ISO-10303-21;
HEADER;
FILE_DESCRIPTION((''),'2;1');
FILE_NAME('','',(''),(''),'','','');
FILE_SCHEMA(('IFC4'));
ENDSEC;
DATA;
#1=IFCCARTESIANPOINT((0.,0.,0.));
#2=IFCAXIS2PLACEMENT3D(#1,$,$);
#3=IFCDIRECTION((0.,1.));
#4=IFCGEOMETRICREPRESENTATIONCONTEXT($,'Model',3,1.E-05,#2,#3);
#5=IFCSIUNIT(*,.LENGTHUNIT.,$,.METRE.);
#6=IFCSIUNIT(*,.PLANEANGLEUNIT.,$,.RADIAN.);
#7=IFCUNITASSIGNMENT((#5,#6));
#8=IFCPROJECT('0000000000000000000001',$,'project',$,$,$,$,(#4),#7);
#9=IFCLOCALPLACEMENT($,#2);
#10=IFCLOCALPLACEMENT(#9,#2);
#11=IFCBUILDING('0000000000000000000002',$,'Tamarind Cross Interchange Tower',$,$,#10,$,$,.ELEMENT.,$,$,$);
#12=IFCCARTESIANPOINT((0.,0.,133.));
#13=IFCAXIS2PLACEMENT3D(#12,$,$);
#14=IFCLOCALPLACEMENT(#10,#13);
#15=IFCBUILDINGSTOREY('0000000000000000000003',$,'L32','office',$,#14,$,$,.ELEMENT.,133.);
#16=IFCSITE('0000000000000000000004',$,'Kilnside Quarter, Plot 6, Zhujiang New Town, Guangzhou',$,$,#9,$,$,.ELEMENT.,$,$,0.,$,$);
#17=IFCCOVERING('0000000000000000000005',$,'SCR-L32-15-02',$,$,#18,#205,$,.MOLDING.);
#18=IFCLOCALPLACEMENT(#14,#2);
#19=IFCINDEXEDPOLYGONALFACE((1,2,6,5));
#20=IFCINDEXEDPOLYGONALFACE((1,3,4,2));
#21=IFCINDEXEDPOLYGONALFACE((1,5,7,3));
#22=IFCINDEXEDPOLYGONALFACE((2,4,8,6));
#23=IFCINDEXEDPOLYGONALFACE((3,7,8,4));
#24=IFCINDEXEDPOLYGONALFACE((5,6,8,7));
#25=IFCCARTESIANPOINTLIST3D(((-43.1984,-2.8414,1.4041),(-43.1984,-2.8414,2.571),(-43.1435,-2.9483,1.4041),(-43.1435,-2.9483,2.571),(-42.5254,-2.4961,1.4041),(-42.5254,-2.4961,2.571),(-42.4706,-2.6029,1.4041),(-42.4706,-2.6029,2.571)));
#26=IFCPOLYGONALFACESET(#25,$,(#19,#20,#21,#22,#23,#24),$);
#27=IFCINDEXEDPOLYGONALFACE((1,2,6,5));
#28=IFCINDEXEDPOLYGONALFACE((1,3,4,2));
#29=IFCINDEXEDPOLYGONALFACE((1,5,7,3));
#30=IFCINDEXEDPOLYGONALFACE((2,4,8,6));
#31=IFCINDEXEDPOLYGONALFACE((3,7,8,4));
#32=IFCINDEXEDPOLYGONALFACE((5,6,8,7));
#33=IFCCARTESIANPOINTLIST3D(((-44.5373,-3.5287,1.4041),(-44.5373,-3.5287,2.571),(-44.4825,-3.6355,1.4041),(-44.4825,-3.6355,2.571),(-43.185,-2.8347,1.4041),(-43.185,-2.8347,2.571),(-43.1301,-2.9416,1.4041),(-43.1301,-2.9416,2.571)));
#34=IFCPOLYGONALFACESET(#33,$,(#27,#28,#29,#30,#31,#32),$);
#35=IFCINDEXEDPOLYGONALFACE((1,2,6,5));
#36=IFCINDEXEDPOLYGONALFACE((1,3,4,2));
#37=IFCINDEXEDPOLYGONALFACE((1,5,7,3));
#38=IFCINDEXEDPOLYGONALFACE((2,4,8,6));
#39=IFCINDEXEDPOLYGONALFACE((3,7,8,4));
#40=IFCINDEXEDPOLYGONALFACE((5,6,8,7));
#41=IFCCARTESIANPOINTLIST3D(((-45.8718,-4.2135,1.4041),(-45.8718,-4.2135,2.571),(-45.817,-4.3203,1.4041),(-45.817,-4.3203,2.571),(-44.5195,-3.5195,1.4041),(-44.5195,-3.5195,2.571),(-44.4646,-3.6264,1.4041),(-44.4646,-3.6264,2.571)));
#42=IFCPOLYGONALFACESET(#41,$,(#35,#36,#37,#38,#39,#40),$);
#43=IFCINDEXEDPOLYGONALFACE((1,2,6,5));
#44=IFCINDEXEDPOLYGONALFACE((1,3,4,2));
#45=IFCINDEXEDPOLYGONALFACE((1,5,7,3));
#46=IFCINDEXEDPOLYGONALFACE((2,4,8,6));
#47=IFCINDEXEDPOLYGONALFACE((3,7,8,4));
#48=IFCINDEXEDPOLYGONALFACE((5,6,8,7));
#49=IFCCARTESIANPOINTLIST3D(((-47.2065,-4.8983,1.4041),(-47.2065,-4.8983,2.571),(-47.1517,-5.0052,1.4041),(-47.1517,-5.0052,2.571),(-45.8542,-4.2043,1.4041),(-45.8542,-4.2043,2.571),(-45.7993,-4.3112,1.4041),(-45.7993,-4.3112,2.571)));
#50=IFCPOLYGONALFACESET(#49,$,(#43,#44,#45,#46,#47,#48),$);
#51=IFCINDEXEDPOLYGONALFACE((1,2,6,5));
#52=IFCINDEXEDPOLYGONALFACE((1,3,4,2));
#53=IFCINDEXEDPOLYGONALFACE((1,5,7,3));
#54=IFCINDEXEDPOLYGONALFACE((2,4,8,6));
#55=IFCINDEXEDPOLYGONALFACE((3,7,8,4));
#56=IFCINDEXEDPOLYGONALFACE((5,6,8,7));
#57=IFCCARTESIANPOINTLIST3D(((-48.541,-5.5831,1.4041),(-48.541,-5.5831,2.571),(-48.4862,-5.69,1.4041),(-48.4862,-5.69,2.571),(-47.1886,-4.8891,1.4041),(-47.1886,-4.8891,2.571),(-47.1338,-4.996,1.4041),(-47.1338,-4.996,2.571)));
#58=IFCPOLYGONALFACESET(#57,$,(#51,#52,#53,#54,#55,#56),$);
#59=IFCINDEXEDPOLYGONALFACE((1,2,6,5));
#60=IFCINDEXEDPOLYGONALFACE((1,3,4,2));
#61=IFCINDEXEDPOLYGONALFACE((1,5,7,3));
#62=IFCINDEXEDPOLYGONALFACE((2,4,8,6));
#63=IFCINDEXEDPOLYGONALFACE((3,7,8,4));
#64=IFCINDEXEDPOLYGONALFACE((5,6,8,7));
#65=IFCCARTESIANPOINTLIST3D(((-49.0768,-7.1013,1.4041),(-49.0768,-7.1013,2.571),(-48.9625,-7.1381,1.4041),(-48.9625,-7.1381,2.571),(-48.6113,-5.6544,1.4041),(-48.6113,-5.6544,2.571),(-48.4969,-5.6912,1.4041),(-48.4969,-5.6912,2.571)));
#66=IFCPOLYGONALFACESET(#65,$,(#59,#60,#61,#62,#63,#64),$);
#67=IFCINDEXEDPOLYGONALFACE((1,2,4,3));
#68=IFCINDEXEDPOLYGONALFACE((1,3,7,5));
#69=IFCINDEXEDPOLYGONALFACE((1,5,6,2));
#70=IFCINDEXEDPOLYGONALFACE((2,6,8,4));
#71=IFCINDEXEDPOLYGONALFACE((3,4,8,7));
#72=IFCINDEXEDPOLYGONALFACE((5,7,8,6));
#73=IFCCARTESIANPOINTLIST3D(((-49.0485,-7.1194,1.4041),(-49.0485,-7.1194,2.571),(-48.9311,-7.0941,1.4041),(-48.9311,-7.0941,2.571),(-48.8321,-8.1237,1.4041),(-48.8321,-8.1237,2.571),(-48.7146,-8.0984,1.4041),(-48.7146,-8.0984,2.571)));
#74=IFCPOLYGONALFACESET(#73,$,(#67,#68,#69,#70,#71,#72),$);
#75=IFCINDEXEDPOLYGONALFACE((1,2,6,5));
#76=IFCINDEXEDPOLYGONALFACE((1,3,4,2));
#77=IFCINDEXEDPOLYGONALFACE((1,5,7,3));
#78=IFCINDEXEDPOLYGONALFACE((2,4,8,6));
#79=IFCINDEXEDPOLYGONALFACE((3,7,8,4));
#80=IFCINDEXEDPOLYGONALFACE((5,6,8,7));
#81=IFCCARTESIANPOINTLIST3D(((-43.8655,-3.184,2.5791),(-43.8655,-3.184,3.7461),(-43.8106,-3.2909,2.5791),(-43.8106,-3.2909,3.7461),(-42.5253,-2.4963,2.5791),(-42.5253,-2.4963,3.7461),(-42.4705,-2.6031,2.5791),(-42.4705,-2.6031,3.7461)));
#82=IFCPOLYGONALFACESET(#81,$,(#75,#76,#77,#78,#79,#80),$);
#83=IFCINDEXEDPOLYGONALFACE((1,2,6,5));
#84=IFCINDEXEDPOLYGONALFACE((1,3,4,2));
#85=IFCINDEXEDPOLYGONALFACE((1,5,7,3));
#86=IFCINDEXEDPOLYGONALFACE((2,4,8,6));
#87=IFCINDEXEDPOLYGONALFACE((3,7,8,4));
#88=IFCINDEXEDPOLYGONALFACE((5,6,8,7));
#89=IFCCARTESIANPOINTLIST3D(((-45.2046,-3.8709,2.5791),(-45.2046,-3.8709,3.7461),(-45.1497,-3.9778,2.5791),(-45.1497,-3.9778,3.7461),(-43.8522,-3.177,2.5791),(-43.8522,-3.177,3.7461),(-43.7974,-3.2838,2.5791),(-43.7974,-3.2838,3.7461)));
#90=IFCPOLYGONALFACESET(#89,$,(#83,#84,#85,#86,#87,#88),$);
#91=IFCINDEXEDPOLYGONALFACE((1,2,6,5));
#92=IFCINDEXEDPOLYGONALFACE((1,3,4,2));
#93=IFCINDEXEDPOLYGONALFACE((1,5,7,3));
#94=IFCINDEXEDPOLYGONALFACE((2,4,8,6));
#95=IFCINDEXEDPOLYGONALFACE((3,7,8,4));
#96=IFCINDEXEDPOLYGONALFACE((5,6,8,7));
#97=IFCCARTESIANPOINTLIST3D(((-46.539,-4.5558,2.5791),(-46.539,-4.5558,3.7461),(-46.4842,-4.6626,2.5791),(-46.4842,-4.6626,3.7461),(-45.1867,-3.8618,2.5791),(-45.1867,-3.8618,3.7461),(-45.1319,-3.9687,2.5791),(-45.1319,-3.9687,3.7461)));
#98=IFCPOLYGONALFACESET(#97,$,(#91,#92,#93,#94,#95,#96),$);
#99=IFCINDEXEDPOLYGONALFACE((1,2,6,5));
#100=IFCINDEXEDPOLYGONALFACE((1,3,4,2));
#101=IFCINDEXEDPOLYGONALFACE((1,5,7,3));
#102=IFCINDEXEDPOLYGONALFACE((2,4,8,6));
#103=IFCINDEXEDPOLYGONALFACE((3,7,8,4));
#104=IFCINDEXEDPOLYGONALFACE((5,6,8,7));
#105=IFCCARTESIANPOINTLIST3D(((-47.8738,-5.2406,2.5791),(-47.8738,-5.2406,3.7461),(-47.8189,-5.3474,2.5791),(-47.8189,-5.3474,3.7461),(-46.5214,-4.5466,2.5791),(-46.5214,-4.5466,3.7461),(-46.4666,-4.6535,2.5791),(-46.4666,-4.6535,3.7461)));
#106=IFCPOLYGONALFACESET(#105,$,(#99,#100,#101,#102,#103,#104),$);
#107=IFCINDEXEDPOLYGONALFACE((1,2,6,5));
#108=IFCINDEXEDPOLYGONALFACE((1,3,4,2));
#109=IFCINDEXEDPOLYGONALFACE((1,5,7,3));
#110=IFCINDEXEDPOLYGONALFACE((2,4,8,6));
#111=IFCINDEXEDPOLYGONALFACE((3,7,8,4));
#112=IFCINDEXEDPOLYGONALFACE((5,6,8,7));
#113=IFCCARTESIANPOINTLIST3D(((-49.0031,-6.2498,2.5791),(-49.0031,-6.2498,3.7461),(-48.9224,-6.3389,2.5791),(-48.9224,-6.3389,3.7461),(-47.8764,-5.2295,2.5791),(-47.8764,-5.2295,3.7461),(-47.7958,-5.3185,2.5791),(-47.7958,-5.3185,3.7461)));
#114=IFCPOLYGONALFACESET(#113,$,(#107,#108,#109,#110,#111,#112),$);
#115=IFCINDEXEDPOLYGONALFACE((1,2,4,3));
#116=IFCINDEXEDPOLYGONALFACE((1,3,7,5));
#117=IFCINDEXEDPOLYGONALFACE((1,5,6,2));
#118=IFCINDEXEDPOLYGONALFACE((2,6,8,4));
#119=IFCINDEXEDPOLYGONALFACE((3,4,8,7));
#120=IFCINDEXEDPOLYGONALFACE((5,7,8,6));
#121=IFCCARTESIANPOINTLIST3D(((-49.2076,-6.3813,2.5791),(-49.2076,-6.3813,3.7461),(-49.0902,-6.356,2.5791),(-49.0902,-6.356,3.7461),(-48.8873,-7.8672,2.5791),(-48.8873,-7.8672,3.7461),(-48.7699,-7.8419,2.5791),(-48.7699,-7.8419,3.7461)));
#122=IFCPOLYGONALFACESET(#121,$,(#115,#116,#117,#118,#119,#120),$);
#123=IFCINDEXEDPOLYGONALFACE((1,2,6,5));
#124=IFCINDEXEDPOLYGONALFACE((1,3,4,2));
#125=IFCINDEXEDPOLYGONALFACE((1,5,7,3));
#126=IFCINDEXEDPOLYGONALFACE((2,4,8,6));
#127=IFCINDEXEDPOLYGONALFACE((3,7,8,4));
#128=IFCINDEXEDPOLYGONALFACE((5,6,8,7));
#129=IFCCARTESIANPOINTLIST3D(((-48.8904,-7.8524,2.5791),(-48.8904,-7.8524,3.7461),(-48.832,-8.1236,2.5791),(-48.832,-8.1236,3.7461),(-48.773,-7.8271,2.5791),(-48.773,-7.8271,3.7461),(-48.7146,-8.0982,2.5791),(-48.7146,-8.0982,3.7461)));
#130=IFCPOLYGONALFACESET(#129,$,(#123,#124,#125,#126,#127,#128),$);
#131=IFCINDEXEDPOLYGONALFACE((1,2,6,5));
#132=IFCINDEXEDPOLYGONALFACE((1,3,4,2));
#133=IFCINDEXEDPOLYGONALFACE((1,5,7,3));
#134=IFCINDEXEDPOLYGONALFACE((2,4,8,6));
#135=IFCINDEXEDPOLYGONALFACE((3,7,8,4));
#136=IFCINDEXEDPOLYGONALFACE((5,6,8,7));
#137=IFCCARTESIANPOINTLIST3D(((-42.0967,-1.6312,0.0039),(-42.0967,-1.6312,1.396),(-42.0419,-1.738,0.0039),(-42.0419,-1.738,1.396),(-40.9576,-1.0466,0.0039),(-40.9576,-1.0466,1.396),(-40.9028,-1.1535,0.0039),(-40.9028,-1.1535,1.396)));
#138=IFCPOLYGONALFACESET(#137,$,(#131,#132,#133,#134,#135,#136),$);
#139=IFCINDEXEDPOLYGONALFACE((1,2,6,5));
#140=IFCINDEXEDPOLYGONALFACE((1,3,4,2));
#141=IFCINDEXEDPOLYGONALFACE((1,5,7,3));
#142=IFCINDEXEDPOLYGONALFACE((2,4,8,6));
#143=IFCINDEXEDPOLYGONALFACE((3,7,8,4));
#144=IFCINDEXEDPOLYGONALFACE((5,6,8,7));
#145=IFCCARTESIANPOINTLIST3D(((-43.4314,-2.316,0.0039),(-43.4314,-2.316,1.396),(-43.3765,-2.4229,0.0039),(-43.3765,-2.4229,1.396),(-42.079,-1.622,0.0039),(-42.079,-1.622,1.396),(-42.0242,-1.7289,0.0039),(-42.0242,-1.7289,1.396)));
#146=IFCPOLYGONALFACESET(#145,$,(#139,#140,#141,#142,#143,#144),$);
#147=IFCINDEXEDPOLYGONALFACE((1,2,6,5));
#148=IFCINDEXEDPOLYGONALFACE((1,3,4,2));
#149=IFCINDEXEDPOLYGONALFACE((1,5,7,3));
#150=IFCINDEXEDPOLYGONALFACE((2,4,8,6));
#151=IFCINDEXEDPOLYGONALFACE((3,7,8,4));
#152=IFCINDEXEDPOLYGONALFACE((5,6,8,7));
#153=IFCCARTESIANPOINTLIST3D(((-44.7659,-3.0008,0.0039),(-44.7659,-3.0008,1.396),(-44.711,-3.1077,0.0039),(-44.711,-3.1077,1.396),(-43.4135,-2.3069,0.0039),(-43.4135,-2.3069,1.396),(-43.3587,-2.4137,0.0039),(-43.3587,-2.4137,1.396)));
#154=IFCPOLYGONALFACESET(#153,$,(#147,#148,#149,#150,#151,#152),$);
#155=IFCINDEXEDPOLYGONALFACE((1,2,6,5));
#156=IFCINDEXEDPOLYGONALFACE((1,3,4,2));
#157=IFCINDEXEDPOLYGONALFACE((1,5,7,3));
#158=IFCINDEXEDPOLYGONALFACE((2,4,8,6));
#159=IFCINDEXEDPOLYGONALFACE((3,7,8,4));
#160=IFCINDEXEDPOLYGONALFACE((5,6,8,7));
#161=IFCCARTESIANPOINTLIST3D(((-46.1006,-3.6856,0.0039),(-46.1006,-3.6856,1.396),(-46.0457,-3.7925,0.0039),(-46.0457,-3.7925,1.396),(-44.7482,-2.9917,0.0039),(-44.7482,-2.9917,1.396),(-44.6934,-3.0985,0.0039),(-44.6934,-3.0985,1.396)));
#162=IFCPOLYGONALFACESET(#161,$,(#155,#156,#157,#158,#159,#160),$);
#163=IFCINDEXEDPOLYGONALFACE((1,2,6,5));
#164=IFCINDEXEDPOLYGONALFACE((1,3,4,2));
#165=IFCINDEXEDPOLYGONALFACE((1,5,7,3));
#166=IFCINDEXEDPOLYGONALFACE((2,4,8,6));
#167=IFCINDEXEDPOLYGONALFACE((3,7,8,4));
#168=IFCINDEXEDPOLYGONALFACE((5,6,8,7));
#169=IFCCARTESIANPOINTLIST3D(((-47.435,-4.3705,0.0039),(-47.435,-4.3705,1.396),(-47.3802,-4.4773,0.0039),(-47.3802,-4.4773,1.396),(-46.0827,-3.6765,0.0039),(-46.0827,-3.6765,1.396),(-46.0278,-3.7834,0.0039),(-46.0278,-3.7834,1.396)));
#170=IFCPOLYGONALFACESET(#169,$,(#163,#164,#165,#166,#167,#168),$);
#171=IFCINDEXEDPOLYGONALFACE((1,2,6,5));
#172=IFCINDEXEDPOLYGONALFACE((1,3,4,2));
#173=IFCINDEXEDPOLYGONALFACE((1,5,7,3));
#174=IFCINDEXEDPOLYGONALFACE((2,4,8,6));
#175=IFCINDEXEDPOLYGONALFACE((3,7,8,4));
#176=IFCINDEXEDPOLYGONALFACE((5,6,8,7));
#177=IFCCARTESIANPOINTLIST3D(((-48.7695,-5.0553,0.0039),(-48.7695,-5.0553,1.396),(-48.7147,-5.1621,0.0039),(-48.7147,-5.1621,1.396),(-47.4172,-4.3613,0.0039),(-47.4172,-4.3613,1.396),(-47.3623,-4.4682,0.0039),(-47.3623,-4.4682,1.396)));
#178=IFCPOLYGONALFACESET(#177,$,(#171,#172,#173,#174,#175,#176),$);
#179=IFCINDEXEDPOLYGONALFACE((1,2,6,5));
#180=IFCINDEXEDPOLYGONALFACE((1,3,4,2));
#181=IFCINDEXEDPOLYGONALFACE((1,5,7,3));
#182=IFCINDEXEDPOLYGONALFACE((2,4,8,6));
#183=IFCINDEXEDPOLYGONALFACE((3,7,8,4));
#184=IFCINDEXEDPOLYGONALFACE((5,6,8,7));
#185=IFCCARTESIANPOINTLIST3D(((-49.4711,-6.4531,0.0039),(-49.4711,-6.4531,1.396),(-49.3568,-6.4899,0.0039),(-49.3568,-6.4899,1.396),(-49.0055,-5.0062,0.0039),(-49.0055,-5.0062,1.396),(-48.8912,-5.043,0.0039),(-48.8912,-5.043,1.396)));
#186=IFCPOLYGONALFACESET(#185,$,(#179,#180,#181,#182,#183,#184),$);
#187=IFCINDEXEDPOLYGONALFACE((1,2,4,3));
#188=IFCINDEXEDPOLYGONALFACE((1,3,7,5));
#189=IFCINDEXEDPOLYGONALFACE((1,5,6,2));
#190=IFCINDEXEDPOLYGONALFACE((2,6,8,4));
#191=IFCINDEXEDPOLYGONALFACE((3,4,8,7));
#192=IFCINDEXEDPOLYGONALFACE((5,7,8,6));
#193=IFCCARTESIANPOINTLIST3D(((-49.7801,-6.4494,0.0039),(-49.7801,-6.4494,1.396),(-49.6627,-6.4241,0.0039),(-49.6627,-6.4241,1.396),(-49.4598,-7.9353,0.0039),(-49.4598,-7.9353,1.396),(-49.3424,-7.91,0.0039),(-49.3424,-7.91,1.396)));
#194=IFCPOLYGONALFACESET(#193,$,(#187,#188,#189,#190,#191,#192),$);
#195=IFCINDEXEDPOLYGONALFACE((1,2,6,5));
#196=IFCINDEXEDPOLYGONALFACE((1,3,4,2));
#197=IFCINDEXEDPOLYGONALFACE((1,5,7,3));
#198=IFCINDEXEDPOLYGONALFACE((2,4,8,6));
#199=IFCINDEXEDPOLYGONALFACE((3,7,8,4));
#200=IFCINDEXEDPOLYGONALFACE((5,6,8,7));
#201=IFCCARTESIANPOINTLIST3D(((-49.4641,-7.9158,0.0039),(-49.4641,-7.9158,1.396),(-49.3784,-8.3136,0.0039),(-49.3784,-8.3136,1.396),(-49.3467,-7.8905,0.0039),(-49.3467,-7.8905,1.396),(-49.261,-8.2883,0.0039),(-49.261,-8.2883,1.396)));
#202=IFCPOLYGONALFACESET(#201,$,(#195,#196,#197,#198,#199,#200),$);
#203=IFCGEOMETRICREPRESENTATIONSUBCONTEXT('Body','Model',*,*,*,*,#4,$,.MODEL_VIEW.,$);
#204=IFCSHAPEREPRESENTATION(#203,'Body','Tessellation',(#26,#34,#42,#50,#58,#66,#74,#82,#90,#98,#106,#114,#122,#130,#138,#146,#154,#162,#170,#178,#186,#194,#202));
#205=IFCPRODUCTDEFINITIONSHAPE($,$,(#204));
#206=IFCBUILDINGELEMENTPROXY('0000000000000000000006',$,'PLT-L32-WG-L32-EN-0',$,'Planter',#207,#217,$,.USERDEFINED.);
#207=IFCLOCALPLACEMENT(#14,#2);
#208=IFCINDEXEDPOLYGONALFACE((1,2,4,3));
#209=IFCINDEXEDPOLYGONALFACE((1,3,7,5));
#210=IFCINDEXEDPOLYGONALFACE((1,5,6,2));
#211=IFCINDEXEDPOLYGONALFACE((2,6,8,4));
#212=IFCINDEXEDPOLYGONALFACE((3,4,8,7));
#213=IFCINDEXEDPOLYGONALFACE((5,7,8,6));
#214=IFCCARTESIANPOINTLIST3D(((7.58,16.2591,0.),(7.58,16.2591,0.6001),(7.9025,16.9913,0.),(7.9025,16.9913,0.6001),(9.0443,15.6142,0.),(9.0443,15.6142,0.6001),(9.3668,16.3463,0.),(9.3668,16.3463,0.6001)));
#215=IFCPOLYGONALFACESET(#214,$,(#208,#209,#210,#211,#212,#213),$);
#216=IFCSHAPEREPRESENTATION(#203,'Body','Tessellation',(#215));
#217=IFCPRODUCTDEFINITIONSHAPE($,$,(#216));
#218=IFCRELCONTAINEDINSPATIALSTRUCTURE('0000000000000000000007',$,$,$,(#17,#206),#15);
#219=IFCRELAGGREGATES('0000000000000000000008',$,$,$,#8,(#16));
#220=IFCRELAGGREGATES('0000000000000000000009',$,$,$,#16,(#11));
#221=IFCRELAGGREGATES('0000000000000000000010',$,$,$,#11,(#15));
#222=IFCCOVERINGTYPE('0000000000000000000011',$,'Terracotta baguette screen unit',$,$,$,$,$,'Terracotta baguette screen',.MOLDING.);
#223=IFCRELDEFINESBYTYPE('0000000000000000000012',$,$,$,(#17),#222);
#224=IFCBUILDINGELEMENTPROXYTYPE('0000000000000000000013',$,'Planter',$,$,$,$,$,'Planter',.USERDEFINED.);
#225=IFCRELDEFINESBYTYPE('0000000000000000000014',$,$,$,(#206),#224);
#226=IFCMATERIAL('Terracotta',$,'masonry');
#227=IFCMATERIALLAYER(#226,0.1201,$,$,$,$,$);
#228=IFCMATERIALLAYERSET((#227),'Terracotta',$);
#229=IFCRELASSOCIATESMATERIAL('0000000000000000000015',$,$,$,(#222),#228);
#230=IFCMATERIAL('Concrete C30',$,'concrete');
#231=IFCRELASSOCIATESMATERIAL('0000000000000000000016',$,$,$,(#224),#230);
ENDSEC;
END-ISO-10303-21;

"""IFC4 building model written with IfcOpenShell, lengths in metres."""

from ifc_helpers import new_model, si_unit, direction, frame, origin, origin_2d, place, context, subcontext, project, spatial, rectangle, extrude, material, layer, layer_set, type_object, element, save


model = new_model("IFC4")

# Units and contexts
model_context = context("Model", 3, precision=1e-05, world=origin(), true_north=direction((0.0, 1.0)))
body_context = subcontext(model_context, "Body", "Model", "MODEL_VIEW")
ifc_project = project(units=[si_unit("LENGTHUNIT", "METRE"), si_unit("PLANEANGLEUNIT", "RADIAN")], contexts=[model_context])

# Site, building, storey
site_placement = place(None, origin())
site = spatial("IfcSite", under=ifc_project, at=site_placement, Name="Kilnside Quarter, Plot 6, Zhujiang New Town, Guangzhou", CompositionType="ELEMENT", RefElevation=0.0)
building_placement = place(site_placement, origin())
building = spatial("IfcBuilding", under=site, at=building_placement, Name="Tamarind Cross Interchange Tower", CompositionType="ELEMENT")
storey_placement = place(building_placement, frame((0.0, 0.0, 133.0)))
storey = spatial("IfcBuildingStorey", under=building, at=storey_placement, Name="L32", Description="office", CompositionType="ELEMENT", Elevation=133.0)

# Covering
ifc_material_1 = material(Name="Terracotta", Category="masonry")
ifc_layer_1 = layer(ifc_material_1, 0.1201)
ifc_layer_set_1 = layer_set([ifc_layer_1], Name="Terracotta")
covering_type = type_object("IfcCoveringType", Name="Terracotta baguette screen unit", ElementType="Terracotta baguette screen", PredefinedType="MOLDING", material=ifc_layer_set_1)
covering_1_placement = place(storey_placement, origin())
element("IfcCovering", 1, at=covering_1_placement, inside=storey, type_object=covering_type, Name="SCR-L32-15-02", PredefinedType="MOLDING", context=body_context, shape_type="SweptSolid", body=[
    extrude(rectangle(XDim=0.7563, YDim=0.1201, at=origin_2d()), frame((-42.8345, -2.7222, 1.4041), z_axis=(0.0, 0.0, 1.0), x_axis=(-0.889697, -0.456551, 0.0)), (0.0, 0.0, 1.0), 1.167),
    extrude(rectangle(XDim=1.52, YDim=0.1201, at=origin_2d()), frame((-43.8337, -3.2351, 1.4041), z_axis=(0.0, 0.0, 1.0), x_axis=(-0.889697, -0.456551, 0.0)), (0.0, 0.0, 1.0), 1.167),
    extrude(rectangle(XDim=1.52, YDim=0.1201, at=origin_2d()), frame((-45.1682, -3.9199, 1.4041), z_axis=(0.0, 0.0, 1.0), x_axis=(-0.889697, -0.456551, 0.0)), (0.0, 0.0, 1.0), 1.167),
    extrude(rectangle(XDim=1.52, YDim=0.1201, at=origin_2d()), frame((-46.5029, -4.6047, 1.4041), z_axis=(0.0, 0.0, 1.0), x_axis=(-0.889697, -0.456551, 0.0)), (0.0, 0.0, 1.0), 1.167),
    extrude(rectangle(XDim=1.52, YDim=0.1201, at=origin_2d()), frame((-47.8374, -5.2896, 1.4041), z_axis=(0.0, 0.0, 1.0), x_axis=(-0.889697, -0.456551, 0.0)), (0.0, 0.0, 1.0), 1.167),
    extrude(rectangle(XDim=1.52, YDim=0.1201, at=origin_2d()), frame((-48.7869, -6.3962, 1.4041), z_axis=(0.0, 0.0, 1.0), x_axis=(-0.30628, -0.951941, 0.0)), (0.0, 0.0, 1.0), 1.167),
    extrude(rectangle(XDim=1.0273, YDim=0.1201, at=origin_2d()), frame((-48.8816, -7.6089, 1.4041), z_axis=(0.0, 0.0, 1.0), x_axis=(0.210724, -0.977546, 0.0)), (0.0, 0.0, 1.0), 1.167),
    extrude(rectangle(XDim=1.5063, YDim=0.1201, at=origin_2d()), frame((-43.168, -2.8936, 2.5791), z_axis=(0.0, 0.0, 1.0), x_axis=(-0.889697, -0.456551, 0.0)), (0.0, 0.0, 1.0), 1.167),
    extrude(rectangle(XDim=1.52, YDim=0.1201, at=origin_2d()), frame((-44.501, -3.5774, 2.5791), z_axis=(0.0, 0.0, 1.0), x_axis=(-0.889697, -0.456551, 0.0)), (0.0, 0.0, 1.0), 1.167),
    extrude(rectangle(XDim=1.52, YDim=0.1201, at=origin_2d()), frame((-45.8354, -4.2622, 2.5791), z_axis=(0.0, 0.0, 1.0), x_axis=(-0.889697, -0.456551, 0.0)), (0.0, 0.0, 1.0), 1.167),
    extrude(rectangle(XDim=1.52, YDim=0.1201, at=origin_2d()), frame((-47.1702, -4.947, 2.5791), z_axis=(0.0, 0.0, 1.0), x_axis=(-0.889697, -0.456551, 0.0)), (0.0, 0.0, 1.0), 1.167),
    extrude(rectangle(XDim=1.52, YDim=0.1201, at=origin_2d()), frame((-48.3994, -5.7842, 2.5791), z_axis=(0.0, 0.0, 1.0), x_axis=(-0.741217, -0.671265, 0.0)), (0.0, 0.0, 1.0), 1.167),
    extrude(rectangle(XDim=1.52, YDim=0.1201, at=origin_2d()), frame((-48.9888, -7.1116, 2.5791), z_axis=(0.0, 0.0, 1.0), x_axis=(0.210724, -0.977546, 0.0)), (0.0, 0.0, 1.0), 1.167),
    extrude(rectangle(XDim=0.2773, YDim=0.1201, at=origin_2d()), frame((-48.8025, -7.9753, 2.5791), z_axis=(0.0, 0.0, 1.0), x_axis=(0.210724, -0.977546, 0.0)), (0.0, 0.0, 1.0), 1.167),
    extrude(rectangle(XDim=1.2803, YDim=0.1201, at=origin_2d()), frame((-41.4998, -1.3923, 0.0039), z_axis=(0.0, 0.0, 1.0), x_axis=(-0.889697, -0.456551, 0.0)), (0.0, 0.0, 1.0), 1.3921),
    extrude(rectangle(XDim=1.52, YDim=0.1201, at=origin_2d()), frame((-42.7278, -2.0225, 0.0039), z_axis=(0.0, 0.0, 1.0), x_axis=(-0.889697, -0.456551, 0.0)), (0.0, 0.0, 1.0), 1.3921),
    extrude(rectangle(XDim=1.52, YDim=0.1201, at=origin_2d()), frame((-44.0623, -2.7073, 0.0039), z_axis=(0.0, 0.0, 1.0), x_axis=(-0.889697, -0.456551, 0.0)), (0.0, 0.0, 1.0), 1.3921),
    extrude(rectangle(XDim=1.52, YDim=0.1201, at=origin_2d()), frame((-45.397, -3.3921, 0.0039), z_axis=(0.0, 0.0, 1.0), x_axis=(-0.889697, -0.456551, 0.0)), (0.0, 0.0, 1.0), 1.3921),
    extrude(rectangle(XDim=1.52, YDim=0.1201, at=origin_2d()), frame((-46.7314, -4.0769, 0.0039), z_axis=(0.0, 0.0, 1.0), x_axis=(-0.889697, -0.456551, 0.0)), (0.0, 0.0, 1.0), 1.3921),
    extrude(rectangle(XDim=1.52, YDim=0.1201, at=origin_2d()), frame((-48.0659, -4.7617, 0.0039), z_axis=(0.0, 0.0, 1.0), x_axis=(-0.889697, -0.456551, 0.0)), (0.0, 0.0, 1.0), 1.3921),
    extrude(rectangle(XDim=1.52, YDim=0.1201, at=origin_2d()), frame((-49.1812, -5.748, 0.0039), z_axis=(0.0, 0.0, 1.0), x_axis=(-0.30628, -0.951941, 0.0)), (0.0, 0.0, 1.0), 1.3921),
    extrude(rectangle(XDim=1.52, YDim=0.1201, at=origin_2d()), frame((-49.5613, -7.1797, 0.0039), z_axis=(0.0, 0.0, 1.0), x_axis=(0.210724, -0.977546, 0.0)), (0.0, 0.0, 1.0), 1.3921),
    extrude(rectangle(XDim=0.407, YDim=0.1201, at=origin_2d()), frame((-49.3625, -8.1021, 0.0039), z_axis=(0.0, 0.0, 1.0), x_axis=(0.210724, -0.977546, 0.0)), (0.0, 0.0, 1.0), 1.3921),
])

# Building element proxy
ifc_material_2 = material(Name="Concrete C30", Category="concrete")
building_element_proxy_type = type_object("IfcBuildingElementProxyType", Name="Planter", ElementType="Planter", PredefinedType="USERDEFINED", material=ifc_material_2)
proxy_1_placement = place(storey_placement, origin())
element("IfcBuildingElementProxy", 2, at=proxy_1_placement, inside=storey, type_object=building_element_proxy_type, Name="PLT-L32-WG-L32-EN-0", ObjectType="Planter", PredefinedType="USERDEFINED", context=body_context, shape_type="SweptSolid", body=[
    extrude(rectangle(XDim=1.6001, YDim=0.8, at=origin_2d()), frame((8.4734, 16.3027, 0.0), z_axis=(0.0, 0.0, 1.0), x_axis=(-0.915164, 0.403082, 0.0)), (0.0, 0.0, 1.0), 0.6001),
])

save(model, "model.ifc")
